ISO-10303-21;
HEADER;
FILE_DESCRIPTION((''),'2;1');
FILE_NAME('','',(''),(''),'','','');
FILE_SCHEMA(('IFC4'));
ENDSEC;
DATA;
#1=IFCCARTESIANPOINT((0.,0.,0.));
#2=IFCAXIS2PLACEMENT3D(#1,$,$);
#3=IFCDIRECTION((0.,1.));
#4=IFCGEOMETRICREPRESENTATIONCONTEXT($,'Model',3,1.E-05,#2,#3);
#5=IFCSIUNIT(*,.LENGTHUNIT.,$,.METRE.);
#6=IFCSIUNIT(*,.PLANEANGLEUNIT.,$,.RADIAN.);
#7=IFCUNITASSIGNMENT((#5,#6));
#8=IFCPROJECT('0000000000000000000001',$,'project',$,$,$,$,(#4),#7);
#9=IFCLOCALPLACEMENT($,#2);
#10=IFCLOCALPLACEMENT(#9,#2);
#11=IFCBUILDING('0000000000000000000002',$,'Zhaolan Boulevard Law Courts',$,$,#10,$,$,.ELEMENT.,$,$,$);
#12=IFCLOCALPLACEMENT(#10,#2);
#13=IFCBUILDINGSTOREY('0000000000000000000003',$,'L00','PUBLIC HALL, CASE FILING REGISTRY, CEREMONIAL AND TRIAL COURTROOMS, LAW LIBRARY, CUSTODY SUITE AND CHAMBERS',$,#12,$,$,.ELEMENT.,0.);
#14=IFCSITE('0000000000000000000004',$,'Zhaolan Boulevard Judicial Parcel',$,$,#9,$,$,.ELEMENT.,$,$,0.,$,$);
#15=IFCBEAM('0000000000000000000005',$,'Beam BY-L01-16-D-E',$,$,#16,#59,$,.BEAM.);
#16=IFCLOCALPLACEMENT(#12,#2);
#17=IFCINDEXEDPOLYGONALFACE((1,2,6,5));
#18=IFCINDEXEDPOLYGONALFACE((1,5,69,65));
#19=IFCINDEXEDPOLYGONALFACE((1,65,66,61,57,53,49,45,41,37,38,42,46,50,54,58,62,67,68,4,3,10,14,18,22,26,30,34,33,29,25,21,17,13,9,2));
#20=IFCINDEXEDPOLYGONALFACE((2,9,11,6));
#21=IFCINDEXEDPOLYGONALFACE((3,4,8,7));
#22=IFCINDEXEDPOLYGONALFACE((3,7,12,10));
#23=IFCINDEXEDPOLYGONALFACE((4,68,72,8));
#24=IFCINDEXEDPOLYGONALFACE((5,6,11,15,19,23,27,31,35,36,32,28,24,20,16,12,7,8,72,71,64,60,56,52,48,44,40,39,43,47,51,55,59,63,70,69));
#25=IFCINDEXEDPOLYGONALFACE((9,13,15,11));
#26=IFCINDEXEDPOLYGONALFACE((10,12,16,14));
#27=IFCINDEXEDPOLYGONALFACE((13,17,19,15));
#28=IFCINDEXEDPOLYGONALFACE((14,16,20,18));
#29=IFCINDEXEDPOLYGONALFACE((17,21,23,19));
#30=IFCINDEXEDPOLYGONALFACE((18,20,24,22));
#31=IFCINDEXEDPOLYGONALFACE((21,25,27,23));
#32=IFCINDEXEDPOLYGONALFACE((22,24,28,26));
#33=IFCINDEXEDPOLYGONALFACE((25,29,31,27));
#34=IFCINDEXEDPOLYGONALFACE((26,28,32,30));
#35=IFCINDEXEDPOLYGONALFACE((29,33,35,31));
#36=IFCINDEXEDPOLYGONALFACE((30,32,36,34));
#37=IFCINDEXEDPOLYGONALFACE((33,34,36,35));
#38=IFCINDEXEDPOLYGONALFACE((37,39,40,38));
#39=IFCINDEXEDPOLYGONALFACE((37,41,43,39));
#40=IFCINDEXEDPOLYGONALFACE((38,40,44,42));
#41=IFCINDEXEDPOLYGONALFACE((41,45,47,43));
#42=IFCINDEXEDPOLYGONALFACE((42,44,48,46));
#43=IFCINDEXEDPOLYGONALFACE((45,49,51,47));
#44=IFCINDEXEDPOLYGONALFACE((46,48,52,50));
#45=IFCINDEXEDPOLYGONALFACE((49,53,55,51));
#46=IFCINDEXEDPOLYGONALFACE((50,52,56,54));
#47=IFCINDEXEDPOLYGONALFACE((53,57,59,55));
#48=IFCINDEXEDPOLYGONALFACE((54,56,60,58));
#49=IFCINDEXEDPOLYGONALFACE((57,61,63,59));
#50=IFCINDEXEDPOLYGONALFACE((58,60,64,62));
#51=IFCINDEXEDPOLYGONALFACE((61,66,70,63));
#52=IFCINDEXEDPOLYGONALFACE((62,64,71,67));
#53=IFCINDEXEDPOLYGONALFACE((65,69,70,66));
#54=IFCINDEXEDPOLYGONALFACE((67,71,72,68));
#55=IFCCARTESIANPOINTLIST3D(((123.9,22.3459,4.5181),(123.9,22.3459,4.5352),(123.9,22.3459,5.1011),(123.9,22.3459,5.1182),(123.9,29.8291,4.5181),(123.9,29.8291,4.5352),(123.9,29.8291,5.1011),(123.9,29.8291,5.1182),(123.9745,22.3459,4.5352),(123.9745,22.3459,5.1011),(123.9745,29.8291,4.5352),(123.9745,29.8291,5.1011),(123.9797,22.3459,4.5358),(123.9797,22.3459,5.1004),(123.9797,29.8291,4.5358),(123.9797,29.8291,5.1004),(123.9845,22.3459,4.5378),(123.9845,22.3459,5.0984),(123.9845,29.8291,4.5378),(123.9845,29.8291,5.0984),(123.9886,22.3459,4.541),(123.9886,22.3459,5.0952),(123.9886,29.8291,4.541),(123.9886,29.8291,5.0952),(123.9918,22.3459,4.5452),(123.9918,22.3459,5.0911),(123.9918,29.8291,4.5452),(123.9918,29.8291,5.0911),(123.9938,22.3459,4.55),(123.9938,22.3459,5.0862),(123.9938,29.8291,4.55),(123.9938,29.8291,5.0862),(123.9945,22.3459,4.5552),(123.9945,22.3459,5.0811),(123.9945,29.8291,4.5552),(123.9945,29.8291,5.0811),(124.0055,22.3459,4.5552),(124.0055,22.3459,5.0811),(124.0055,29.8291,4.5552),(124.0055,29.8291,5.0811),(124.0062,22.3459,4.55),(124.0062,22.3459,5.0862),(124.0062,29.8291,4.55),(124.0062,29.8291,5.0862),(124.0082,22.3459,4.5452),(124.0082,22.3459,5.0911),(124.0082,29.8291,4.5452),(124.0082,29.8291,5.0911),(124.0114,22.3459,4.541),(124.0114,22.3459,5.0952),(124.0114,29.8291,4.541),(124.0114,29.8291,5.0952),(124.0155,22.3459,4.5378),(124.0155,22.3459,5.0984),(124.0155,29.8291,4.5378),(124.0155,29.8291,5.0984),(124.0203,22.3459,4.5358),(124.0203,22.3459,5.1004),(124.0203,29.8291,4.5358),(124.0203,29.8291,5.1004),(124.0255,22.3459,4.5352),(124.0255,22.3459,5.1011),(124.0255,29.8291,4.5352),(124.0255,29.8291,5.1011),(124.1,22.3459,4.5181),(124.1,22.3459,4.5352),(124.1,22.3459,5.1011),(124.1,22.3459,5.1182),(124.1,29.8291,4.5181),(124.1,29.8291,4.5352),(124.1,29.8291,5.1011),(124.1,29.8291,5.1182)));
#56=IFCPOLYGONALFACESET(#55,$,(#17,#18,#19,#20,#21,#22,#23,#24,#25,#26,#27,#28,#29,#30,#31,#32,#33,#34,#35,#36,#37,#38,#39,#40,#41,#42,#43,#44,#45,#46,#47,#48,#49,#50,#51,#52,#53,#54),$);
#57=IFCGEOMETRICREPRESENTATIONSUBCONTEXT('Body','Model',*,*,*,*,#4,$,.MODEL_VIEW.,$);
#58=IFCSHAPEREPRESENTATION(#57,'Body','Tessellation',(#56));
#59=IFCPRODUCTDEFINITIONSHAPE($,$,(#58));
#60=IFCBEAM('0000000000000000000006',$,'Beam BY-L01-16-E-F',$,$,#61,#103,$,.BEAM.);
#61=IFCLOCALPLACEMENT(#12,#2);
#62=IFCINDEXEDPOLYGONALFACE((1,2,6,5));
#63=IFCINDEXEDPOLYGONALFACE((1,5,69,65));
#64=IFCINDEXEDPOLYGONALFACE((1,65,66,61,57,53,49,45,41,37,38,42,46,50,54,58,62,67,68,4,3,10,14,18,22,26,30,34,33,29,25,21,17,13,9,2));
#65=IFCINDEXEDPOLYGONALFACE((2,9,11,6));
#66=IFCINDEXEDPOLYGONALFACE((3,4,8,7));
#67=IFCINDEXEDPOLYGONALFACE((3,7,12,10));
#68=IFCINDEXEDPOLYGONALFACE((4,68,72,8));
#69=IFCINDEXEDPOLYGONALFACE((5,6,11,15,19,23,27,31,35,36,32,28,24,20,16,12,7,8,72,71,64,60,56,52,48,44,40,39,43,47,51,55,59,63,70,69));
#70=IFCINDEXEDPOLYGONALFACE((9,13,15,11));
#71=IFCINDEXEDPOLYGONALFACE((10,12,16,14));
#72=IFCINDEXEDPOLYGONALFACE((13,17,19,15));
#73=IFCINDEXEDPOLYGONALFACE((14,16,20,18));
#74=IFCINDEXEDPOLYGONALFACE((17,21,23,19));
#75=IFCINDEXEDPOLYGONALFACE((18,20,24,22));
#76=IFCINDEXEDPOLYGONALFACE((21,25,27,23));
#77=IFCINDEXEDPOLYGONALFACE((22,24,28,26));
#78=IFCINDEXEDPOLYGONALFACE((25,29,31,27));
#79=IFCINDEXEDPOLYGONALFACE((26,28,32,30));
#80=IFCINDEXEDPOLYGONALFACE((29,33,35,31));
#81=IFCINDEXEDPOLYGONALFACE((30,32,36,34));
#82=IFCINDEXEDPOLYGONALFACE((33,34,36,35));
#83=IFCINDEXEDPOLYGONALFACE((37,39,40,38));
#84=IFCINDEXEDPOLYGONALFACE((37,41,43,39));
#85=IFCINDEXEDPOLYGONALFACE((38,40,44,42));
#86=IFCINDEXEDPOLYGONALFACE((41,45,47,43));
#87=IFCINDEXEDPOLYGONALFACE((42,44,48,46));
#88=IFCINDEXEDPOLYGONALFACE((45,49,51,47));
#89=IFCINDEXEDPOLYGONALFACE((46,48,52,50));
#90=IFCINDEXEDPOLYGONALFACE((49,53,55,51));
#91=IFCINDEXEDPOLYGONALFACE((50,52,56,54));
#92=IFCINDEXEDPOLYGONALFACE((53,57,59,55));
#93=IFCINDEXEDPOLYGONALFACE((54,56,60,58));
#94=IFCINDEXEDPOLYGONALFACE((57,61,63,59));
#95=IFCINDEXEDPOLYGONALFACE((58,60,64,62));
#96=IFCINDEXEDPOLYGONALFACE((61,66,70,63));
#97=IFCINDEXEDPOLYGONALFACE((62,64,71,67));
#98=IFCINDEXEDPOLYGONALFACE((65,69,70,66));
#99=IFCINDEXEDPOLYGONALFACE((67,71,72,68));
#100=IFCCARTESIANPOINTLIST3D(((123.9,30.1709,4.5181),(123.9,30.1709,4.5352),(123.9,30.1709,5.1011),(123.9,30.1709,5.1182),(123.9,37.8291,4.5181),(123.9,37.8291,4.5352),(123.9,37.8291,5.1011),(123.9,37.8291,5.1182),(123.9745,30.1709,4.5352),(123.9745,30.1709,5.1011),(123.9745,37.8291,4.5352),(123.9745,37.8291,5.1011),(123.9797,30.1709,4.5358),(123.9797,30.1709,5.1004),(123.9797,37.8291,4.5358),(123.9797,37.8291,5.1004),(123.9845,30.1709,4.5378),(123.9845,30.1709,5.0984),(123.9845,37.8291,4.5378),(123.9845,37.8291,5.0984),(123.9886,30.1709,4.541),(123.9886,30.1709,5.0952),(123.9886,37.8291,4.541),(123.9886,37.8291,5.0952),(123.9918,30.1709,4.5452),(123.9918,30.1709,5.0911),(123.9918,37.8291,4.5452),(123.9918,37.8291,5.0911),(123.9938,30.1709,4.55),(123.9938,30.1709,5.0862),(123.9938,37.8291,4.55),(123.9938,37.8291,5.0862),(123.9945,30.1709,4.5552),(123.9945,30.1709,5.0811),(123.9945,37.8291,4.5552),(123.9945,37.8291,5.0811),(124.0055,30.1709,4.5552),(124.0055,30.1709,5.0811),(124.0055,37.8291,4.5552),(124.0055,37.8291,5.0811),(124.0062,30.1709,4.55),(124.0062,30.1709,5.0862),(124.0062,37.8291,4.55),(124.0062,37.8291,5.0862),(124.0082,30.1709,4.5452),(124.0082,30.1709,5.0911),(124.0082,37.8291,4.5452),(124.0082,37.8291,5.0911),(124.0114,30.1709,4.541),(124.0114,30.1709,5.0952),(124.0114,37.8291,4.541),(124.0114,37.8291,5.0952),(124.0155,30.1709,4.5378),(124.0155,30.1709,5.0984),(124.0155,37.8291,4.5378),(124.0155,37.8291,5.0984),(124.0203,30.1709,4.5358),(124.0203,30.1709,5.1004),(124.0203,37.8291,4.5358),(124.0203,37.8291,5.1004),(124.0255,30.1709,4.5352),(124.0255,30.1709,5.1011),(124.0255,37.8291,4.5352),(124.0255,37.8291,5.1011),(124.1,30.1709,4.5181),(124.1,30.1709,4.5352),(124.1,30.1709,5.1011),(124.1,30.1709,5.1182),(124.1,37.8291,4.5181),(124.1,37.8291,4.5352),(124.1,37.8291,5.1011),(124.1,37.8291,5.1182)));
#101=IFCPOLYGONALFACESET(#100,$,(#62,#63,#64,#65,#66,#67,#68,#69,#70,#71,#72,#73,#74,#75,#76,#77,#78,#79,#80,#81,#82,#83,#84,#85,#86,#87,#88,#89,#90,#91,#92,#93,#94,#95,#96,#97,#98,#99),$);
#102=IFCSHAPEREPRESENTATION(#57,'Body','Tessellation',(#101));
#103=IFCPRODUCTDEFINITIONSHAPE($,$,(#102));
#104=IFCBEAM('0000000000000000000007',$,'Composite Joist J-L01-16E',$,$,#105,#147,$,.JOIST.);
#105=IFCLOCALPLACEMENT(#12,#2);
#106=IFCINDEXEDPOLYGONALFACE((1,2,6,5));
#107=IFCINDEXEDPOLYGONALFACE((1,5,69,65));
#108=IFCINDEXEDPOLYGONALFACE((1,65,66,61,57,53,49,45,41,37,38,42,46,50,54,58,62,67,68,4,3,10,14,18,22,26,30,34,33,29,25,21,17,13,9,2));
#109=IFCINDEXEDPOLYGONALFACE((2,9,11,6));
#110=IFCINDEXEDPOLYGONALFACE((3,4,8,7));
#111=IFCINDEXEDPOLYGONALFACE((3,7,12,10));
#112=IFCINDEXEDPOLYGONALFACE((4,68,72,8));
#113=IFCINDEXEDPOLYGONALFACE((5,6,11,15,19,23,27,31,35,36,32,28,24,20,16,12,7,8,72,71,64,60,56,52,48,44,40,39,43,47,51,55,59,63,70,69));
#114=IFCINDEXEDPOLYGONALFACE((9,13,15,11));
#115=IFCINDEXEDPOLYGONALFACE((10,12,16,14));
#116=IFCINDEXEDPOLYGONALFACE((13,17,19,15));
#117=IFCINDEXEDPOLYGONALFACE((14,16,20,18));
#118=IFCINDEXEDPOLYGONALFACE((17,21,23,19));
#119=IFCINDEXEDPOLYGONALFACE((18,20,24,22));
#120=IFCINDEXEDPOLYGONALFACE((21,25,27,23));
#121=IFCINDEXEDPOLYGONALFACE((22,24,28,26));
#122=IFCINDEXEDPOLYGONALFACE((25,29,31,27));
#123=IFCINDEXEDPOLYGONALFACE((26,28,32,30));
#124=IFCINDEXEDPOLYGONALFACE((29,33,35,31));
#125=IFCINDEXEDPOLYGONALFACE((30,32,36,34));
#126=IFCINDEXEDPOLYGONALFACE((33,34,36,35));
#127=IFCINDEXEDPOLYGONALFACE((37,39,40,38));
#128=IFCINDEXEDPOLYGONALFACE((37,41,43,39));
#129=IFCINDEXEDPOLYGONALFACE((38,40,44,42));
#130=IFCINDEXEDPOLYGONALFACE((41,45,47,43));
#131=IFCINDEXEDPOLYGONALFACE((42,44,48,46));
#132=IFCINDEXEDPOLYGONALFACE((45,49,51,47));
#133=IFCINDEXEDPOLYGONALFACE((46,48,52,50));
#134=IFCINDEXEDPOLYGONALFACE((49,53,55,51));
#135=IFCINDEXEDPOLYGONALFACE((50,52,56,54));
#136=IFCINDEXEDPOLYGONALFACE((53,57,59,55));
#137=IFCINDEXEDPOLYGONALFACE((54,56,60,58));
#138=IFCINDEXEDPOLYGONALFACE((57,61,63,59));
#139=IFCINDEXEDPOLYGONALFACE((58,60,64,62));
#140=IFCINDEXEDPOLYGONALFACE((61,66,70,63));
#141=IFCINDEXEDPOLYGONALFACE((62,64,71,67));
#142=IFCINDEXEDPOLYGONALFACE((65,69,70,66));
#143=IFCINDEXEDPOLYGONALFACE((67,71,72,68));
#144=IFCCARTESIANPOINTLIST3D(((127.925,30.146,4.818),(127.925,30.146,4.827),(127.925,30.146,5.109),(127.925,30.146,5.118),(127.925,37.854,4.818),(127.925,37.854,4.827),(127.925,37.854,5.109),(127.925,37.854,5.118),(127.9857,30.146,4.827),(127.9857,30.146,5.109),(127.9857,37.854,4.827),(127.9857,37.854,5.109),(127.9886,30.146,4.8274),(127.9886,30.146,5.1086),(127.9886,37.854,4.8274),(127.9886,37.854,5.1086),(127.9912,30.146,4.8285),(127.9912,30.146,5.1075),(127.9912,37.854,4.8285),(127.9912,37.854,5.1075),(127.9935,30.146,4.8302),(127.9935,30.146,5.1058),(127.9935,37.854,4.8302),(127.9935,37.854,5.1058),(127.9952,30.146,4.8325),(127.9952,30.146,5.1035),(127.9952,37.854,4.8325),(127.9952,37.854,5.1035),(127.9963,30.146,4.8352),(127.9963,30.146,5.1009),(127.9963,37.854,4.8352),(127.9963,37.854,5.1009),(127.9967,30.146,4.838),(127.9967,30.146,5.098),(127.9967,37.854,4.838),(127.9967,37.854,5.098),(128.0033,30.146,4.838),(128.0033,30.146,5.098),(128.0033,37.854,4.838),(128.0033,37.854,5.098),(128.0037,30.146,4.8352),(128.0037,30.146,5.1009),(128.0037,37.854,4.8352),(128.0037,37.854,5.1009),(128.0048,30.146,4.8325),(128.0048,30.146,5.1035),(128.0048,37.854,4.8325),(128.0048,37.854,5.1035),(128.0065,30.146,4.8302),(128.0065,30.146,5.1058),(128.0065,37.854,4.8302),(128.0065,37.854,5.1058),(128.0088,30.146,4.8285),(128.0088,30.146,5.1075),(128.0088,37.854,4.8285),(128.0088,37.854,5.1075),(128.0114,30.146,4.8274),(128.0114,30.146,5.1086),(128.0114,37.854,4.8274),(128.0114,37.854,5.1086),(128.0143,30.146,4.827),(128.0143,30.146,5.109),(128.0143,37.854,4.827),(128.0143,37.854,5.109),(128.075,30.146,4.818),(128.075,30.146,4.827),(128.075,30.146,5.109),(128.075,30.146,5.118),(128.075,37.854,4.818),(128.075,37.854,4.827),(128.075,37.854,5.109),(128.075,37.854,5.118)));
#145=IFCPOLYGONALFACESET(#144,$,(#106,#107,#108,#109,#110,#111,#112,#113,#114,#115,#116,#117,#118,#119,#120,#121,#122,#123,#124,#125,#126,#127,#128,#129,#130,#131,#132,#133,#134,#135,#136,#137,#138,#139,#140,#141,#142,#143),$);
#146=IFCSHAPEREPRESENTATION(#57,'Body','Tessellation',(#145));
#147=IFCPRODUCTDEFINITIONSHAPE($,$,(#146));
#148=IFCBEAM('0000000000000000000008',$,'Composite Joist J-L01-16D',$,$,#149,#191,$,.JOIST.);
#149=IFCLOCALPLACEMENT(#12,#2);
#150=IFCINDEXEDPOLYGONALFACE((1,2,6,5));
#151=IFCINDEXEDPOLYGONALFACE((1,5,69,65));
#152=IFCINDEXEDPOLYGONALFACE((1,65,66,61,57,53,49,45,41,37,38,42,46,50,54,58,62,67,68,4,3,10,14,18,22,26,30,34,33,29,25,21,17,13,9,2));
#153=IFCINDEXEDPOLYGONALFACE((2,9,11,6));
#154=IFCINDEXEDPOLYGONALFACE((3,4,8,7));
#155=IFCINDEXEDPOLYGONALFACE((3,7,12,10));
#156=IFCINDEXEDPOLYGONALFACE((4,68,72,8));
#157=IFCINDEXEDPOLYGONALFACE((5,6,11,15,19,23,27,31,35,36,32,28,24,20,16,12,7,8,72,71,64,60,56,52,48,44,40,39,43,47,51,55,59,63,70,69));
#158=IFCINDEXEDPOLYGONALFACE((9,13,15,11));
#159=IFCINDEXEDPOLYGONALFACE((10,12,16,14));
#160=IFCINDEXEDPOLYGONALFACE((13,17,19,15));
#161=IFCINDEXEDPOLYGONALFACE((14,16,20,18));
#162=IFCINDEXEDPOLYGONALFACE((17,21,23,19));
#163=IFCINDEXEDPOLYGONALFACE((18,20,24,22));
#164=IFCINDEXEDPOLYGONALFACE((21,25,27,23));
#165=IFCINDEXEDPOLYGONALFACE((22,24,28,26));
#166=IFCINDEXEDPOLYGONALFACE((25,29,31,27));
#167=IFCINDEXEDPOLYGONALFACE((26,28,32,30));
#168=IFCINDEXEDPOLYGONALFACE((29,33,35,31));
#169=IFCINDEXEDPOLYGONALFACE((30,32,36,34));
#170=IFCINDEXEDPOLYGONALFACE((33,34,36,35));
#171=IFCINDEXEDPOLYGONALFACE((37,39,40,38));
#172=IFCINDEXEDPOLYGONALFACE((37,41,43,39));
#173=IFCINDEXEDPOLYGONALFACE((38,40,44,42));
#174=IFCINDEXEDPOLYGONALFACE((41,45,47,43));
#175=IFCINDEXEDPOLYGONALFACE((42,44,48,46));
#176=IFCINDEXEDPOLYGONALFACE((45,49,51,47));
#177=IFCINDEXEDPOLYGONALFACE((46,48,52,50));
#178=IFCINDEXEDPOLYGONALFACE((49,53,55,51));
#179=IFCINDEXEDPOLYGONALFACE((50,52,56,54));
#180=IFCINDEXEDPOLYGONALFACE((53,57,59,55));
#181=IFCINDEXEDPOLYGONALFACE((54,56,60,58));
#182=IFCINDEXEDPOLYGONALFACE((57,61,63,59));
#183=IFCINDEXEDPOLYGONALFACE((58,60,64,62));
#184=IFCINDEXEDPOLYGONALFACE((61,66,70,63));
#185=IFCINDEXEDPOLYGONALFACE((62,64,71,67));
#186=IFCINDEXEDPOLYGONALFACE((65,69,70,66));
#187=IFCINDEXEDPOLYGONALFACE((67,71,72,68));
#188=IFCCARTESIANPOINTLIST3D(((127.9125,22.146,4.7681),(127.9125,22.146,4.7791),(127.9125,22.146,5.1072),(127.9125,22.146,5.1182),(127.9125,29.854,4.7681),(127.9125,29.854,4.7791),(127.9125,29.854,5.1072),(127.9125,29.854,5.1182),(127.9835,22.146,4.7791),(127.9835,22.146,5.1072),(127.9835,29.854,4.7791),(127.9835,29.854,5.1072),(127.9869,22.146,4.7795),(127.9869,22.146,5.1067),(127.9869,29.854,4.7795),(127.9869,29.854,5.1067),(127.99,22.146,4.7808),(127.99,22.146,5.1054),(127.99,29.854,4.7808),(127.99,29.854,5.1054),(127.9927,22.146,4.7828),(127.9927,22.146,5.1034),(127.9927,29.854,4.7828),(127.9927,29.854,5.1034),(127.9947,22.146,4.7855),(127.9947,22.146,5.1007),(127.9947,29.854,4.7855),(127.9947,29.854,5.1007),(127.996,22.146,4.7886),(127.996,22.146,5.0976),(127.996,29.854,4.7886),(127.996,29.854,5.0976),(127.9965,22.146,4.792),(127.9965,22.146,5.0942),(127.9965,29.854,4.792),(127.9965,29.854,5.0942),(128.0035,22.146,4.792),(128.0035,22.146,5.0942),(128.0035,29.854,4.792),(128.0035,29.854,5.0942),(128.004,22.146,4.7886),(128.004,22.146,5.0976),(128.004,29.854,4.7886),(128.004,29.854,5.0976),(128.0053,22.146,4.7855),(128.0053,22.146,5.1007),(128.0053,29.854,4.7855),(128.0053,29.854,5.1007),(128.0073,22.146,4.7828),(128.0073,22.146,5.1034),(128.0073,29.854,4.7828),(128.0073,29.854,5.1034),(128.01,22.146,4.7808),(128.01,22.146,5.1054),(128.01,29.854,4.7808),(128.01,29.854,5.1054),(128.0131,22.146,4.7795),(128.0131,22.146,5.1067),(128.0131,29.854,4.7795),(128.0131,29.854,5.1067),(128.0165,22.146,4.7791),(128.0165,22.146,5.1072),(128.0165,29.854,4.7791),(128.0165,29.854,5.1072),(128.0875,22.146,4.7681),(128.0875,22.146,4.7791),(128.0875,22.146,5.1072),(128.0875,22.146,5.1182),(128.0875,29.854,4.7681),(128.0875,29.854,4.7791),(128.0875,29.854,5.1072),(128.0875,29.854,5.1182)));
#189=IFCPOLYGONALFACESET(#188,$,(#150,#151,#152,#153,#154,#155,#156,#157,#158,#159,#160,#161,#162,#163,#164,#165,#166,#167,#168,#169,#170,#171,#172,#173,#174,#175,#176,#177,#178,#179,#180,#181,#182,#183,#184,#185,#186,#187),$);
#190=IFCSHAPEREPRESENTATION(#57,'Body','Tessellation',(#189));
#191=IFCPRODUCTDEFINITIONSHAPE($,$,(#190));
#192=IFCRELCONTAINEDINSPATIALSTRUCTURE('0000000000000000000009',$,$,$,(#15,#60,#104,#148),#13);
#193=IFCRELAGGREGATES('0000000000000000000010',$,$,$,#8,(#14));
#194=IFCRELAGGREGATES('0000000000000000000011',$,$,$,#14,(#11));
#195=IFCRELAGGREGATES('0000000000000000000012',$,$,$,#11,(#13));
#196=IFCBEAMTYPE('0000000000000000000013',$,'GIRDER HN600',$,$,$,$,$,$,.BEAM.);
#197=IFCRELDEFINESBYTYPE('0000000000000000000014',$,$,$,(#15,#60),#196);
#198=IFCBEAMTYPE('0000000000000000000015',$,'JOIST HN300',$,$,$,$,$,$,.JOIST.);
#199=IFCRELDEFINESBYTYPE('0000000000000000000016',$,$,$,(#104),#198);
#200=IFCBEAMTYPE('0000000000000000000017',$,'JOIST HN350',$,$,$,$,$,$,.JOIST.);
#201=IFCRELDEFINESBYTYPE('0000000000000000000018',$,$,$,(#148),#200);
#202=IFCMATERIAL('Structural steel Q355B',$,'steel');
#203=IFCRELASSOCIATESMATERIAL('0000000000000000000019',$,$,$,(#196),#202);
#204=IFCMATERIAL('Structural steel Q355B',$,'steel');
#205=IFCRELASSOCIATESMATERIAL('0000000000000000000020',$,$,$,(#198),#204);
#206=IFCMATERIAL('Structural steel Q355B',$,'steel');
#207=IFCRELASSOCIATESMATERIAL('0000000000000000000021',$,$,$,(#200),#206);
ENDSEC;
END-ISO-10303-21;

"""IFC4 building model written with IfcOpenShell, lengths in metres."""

from ifc_helpers import new_model, si_unit, direction, frame, origin, origin_2d, place, context, subcontext, project, spatial, i_section, extrude, material, material_profile, profile_set, type_object, element, save


model = new_model("IFC4")

# Units and contexts
model_context = context("Model", 3, precision=1e-05, world=origin(), true_north=direction((0.0, 1.0)))
body_context = subcontext(model_context, "Body", "Model", "MODEL_VIEW")
ifc_project = project(units=[si_unit("LENGTHUNIT", "METRE"), si_unit("PLANEANGLEUNIT", "RADIAN")], contexts=[model_context])

# Site, building, storey
site_placement = place(None, origin())
site = spatial("IfcSite", under=ifc_project, at=site_placement, Name="Zhaolan Boulevard Judicial Parcel", CompositionType="ELEMENT", RefElevation=0.0)
building_placement = place(site_placement, origin())
building = spatial("IfcBuilding", under=site, at=building_placement, Name="Zhaolan Boulevard Law Courts", CompositionType="ELEMENT")
storey_placement = place(building_placement, origin())
storey = spatial("IfcBuildingStorey", under=building, at=storey_placement, Name="L00", Description="PUBLIC HALL, CASE FILING REGISTRY, CEREMONIAL AND TRIAL COURTROOMS, LAW LIBRARY, CUSTODY SUITE AND CHAMBERS", CompositionType="ELEMENT", Elevation=0.0)

# Beams
ifc_material_1 = material(Name="Structural steel Q355B", Category="steel")
ifc_material_profile_1 = material_profile(ifc_material_1, i_section(OverallWidth=0.2, OverallDepth=0.6001, WebThickness=0.011, FlangeThickness=0.0171, FilletRadius=0.02, at=origin_2d()), Name="HN600x200")
ifc_profile_set_1 = profile_set([ifc_material_profile_1], Name="Structural steel Q355B")
beam_type_1 = type_object("IfcBeamType", Name="GIRDER HN600", PredefinedType="BEAM", material=ifc_profile_set_1)
beam_1_placement = place(storey_placement, frame((124.0, 22.3459, 4.8181), z_axis=(0.0, 1.0, 0.0), x_axis=(-1.0, 0.0, 0.0)))
element("IfcBeam", 1, at=beam_1_placement, inside=storey, type_object=beam_type_1, Name="Beam BY-L01-16-D-E", PredefinedType="BEAM", context=body_context, shape_type="SweptSolid", body=[
    extrude(i_section(OverallWidth=0.2, OverallDepth=0.6001, WebThickness=0.011, FlangeThickness=0.0171, FilletRadius=0.02, at=origin_2d()), origin(), (0.0, 0.0, 1.0), 7.4832),
])
beam_2_placement = place(storey_placement, frame((124.0, 30.1709, 4.8181), z_axis=(0.0, 1.0, 0.0), x_axis=(-1.0, 0.0, 0.0)))
element("IfcBeam", 2, at=beam_2_placement, inside=storey, type_object=beam_type_1, Name="Beam BY-L01-16-E-F", PredefinedType="BEAM", context=body_context, shape_type="SweptSolid", body=[
    extrude(i_section(OverallWidth=0.2, OverallDepth=0.6001, WebThickness=0.011, FlangeThickness=0.0171, FilletRadius=0.02, at=origin_2d()), origin(), (0.0, 0.0, 1.0), 7.6582),
])
ifc_material_2 = material(Name="Structural steel Q355B", Category="steel")
ifc_material_profile_2 = material_profile(ifc_material_2, i_section(OverallWidth=0.1499, OverallDepth=0.3, WebThickness=0.0066, FlangeThickness=0.009, FilletRadius=0.011, at=origin_2d()), Name="HN300x150")
ifc_profile_set_2 = profile_set([ifc_material_profile_2], Name="Structural steel Q355B")
beam_type_2 = type_object("IfcBeamType", Name="JOIST HN300", PredefinedType="JOIST", material=ifc_profile_set_2)
beam_3_placement = place(storey_placement, frame((128.0, 30.146, 4.968), z_axis=(0.0, 1.0, 0.0), x_axis=(-1.0, 0.0, 0.0)))
element("IfcBeam", 3, at=beam_3_placement, inside=storey, type_object=beam_type_2, Name="Composite Joist J-L01-16E", PredefinedType="JOIST", context=body_context, shape_type="SweptSolid", body=[
    extrude(i_section(OverallWidth=0.1499, OverallDepth=0.3, WebThickness=0.0066, FlangeThickness=0.009, FilletRadius=0.011, at=origin_2d()), origin(), (0.0, 0.0, 1.0), 7.708),
])
ifc_material_3 = material(Name="Structural steel Q355B", Category="steel")
ifc_material_profile_3 = material_profile(ifc_material_3, i_section(OverallWidth=0.175, OverallDepth=0.3501, WebThickness=0.0071, FlangeThickness=0.011, FilletRadius=0.0129, at=origin_2d()), Name="HN350x175")
ifc_profile_set_3 = profile_set([ifc_material_profile_3], Name="Structural steel Q355B")
beam_type_3 = type_object("IfcBeamType", Name="JOIST HN350", PredefinedType="JOIST", material=ifc_profile_set_3)
beam_4_placement = place(storey_placement, frame((128.0, 22.146, 4.9431), z_axis=(0.0, 1.0, 0.0), x_axis=(-1.0, 0.0, 0.0)))
element("IfcBeam", 4, at=beam_4_placement, inside=storey, type_object=beam_type_3, Name="Composite Joist J-L01-16D", PredefinedType="JOIST", context=body_context, shape_type="SweptSolid", body=[
    extrude(i_section(OverallWidth=0.175, OverallDepth=0.3501, WebThickness=0.0071, FlangeThickness=0.011, FilletRadius=0.0129, at=origin_2d()), origin(), (0.0, 0.0, 1.0), 7.708),
])

save(model, "model.ifc")
